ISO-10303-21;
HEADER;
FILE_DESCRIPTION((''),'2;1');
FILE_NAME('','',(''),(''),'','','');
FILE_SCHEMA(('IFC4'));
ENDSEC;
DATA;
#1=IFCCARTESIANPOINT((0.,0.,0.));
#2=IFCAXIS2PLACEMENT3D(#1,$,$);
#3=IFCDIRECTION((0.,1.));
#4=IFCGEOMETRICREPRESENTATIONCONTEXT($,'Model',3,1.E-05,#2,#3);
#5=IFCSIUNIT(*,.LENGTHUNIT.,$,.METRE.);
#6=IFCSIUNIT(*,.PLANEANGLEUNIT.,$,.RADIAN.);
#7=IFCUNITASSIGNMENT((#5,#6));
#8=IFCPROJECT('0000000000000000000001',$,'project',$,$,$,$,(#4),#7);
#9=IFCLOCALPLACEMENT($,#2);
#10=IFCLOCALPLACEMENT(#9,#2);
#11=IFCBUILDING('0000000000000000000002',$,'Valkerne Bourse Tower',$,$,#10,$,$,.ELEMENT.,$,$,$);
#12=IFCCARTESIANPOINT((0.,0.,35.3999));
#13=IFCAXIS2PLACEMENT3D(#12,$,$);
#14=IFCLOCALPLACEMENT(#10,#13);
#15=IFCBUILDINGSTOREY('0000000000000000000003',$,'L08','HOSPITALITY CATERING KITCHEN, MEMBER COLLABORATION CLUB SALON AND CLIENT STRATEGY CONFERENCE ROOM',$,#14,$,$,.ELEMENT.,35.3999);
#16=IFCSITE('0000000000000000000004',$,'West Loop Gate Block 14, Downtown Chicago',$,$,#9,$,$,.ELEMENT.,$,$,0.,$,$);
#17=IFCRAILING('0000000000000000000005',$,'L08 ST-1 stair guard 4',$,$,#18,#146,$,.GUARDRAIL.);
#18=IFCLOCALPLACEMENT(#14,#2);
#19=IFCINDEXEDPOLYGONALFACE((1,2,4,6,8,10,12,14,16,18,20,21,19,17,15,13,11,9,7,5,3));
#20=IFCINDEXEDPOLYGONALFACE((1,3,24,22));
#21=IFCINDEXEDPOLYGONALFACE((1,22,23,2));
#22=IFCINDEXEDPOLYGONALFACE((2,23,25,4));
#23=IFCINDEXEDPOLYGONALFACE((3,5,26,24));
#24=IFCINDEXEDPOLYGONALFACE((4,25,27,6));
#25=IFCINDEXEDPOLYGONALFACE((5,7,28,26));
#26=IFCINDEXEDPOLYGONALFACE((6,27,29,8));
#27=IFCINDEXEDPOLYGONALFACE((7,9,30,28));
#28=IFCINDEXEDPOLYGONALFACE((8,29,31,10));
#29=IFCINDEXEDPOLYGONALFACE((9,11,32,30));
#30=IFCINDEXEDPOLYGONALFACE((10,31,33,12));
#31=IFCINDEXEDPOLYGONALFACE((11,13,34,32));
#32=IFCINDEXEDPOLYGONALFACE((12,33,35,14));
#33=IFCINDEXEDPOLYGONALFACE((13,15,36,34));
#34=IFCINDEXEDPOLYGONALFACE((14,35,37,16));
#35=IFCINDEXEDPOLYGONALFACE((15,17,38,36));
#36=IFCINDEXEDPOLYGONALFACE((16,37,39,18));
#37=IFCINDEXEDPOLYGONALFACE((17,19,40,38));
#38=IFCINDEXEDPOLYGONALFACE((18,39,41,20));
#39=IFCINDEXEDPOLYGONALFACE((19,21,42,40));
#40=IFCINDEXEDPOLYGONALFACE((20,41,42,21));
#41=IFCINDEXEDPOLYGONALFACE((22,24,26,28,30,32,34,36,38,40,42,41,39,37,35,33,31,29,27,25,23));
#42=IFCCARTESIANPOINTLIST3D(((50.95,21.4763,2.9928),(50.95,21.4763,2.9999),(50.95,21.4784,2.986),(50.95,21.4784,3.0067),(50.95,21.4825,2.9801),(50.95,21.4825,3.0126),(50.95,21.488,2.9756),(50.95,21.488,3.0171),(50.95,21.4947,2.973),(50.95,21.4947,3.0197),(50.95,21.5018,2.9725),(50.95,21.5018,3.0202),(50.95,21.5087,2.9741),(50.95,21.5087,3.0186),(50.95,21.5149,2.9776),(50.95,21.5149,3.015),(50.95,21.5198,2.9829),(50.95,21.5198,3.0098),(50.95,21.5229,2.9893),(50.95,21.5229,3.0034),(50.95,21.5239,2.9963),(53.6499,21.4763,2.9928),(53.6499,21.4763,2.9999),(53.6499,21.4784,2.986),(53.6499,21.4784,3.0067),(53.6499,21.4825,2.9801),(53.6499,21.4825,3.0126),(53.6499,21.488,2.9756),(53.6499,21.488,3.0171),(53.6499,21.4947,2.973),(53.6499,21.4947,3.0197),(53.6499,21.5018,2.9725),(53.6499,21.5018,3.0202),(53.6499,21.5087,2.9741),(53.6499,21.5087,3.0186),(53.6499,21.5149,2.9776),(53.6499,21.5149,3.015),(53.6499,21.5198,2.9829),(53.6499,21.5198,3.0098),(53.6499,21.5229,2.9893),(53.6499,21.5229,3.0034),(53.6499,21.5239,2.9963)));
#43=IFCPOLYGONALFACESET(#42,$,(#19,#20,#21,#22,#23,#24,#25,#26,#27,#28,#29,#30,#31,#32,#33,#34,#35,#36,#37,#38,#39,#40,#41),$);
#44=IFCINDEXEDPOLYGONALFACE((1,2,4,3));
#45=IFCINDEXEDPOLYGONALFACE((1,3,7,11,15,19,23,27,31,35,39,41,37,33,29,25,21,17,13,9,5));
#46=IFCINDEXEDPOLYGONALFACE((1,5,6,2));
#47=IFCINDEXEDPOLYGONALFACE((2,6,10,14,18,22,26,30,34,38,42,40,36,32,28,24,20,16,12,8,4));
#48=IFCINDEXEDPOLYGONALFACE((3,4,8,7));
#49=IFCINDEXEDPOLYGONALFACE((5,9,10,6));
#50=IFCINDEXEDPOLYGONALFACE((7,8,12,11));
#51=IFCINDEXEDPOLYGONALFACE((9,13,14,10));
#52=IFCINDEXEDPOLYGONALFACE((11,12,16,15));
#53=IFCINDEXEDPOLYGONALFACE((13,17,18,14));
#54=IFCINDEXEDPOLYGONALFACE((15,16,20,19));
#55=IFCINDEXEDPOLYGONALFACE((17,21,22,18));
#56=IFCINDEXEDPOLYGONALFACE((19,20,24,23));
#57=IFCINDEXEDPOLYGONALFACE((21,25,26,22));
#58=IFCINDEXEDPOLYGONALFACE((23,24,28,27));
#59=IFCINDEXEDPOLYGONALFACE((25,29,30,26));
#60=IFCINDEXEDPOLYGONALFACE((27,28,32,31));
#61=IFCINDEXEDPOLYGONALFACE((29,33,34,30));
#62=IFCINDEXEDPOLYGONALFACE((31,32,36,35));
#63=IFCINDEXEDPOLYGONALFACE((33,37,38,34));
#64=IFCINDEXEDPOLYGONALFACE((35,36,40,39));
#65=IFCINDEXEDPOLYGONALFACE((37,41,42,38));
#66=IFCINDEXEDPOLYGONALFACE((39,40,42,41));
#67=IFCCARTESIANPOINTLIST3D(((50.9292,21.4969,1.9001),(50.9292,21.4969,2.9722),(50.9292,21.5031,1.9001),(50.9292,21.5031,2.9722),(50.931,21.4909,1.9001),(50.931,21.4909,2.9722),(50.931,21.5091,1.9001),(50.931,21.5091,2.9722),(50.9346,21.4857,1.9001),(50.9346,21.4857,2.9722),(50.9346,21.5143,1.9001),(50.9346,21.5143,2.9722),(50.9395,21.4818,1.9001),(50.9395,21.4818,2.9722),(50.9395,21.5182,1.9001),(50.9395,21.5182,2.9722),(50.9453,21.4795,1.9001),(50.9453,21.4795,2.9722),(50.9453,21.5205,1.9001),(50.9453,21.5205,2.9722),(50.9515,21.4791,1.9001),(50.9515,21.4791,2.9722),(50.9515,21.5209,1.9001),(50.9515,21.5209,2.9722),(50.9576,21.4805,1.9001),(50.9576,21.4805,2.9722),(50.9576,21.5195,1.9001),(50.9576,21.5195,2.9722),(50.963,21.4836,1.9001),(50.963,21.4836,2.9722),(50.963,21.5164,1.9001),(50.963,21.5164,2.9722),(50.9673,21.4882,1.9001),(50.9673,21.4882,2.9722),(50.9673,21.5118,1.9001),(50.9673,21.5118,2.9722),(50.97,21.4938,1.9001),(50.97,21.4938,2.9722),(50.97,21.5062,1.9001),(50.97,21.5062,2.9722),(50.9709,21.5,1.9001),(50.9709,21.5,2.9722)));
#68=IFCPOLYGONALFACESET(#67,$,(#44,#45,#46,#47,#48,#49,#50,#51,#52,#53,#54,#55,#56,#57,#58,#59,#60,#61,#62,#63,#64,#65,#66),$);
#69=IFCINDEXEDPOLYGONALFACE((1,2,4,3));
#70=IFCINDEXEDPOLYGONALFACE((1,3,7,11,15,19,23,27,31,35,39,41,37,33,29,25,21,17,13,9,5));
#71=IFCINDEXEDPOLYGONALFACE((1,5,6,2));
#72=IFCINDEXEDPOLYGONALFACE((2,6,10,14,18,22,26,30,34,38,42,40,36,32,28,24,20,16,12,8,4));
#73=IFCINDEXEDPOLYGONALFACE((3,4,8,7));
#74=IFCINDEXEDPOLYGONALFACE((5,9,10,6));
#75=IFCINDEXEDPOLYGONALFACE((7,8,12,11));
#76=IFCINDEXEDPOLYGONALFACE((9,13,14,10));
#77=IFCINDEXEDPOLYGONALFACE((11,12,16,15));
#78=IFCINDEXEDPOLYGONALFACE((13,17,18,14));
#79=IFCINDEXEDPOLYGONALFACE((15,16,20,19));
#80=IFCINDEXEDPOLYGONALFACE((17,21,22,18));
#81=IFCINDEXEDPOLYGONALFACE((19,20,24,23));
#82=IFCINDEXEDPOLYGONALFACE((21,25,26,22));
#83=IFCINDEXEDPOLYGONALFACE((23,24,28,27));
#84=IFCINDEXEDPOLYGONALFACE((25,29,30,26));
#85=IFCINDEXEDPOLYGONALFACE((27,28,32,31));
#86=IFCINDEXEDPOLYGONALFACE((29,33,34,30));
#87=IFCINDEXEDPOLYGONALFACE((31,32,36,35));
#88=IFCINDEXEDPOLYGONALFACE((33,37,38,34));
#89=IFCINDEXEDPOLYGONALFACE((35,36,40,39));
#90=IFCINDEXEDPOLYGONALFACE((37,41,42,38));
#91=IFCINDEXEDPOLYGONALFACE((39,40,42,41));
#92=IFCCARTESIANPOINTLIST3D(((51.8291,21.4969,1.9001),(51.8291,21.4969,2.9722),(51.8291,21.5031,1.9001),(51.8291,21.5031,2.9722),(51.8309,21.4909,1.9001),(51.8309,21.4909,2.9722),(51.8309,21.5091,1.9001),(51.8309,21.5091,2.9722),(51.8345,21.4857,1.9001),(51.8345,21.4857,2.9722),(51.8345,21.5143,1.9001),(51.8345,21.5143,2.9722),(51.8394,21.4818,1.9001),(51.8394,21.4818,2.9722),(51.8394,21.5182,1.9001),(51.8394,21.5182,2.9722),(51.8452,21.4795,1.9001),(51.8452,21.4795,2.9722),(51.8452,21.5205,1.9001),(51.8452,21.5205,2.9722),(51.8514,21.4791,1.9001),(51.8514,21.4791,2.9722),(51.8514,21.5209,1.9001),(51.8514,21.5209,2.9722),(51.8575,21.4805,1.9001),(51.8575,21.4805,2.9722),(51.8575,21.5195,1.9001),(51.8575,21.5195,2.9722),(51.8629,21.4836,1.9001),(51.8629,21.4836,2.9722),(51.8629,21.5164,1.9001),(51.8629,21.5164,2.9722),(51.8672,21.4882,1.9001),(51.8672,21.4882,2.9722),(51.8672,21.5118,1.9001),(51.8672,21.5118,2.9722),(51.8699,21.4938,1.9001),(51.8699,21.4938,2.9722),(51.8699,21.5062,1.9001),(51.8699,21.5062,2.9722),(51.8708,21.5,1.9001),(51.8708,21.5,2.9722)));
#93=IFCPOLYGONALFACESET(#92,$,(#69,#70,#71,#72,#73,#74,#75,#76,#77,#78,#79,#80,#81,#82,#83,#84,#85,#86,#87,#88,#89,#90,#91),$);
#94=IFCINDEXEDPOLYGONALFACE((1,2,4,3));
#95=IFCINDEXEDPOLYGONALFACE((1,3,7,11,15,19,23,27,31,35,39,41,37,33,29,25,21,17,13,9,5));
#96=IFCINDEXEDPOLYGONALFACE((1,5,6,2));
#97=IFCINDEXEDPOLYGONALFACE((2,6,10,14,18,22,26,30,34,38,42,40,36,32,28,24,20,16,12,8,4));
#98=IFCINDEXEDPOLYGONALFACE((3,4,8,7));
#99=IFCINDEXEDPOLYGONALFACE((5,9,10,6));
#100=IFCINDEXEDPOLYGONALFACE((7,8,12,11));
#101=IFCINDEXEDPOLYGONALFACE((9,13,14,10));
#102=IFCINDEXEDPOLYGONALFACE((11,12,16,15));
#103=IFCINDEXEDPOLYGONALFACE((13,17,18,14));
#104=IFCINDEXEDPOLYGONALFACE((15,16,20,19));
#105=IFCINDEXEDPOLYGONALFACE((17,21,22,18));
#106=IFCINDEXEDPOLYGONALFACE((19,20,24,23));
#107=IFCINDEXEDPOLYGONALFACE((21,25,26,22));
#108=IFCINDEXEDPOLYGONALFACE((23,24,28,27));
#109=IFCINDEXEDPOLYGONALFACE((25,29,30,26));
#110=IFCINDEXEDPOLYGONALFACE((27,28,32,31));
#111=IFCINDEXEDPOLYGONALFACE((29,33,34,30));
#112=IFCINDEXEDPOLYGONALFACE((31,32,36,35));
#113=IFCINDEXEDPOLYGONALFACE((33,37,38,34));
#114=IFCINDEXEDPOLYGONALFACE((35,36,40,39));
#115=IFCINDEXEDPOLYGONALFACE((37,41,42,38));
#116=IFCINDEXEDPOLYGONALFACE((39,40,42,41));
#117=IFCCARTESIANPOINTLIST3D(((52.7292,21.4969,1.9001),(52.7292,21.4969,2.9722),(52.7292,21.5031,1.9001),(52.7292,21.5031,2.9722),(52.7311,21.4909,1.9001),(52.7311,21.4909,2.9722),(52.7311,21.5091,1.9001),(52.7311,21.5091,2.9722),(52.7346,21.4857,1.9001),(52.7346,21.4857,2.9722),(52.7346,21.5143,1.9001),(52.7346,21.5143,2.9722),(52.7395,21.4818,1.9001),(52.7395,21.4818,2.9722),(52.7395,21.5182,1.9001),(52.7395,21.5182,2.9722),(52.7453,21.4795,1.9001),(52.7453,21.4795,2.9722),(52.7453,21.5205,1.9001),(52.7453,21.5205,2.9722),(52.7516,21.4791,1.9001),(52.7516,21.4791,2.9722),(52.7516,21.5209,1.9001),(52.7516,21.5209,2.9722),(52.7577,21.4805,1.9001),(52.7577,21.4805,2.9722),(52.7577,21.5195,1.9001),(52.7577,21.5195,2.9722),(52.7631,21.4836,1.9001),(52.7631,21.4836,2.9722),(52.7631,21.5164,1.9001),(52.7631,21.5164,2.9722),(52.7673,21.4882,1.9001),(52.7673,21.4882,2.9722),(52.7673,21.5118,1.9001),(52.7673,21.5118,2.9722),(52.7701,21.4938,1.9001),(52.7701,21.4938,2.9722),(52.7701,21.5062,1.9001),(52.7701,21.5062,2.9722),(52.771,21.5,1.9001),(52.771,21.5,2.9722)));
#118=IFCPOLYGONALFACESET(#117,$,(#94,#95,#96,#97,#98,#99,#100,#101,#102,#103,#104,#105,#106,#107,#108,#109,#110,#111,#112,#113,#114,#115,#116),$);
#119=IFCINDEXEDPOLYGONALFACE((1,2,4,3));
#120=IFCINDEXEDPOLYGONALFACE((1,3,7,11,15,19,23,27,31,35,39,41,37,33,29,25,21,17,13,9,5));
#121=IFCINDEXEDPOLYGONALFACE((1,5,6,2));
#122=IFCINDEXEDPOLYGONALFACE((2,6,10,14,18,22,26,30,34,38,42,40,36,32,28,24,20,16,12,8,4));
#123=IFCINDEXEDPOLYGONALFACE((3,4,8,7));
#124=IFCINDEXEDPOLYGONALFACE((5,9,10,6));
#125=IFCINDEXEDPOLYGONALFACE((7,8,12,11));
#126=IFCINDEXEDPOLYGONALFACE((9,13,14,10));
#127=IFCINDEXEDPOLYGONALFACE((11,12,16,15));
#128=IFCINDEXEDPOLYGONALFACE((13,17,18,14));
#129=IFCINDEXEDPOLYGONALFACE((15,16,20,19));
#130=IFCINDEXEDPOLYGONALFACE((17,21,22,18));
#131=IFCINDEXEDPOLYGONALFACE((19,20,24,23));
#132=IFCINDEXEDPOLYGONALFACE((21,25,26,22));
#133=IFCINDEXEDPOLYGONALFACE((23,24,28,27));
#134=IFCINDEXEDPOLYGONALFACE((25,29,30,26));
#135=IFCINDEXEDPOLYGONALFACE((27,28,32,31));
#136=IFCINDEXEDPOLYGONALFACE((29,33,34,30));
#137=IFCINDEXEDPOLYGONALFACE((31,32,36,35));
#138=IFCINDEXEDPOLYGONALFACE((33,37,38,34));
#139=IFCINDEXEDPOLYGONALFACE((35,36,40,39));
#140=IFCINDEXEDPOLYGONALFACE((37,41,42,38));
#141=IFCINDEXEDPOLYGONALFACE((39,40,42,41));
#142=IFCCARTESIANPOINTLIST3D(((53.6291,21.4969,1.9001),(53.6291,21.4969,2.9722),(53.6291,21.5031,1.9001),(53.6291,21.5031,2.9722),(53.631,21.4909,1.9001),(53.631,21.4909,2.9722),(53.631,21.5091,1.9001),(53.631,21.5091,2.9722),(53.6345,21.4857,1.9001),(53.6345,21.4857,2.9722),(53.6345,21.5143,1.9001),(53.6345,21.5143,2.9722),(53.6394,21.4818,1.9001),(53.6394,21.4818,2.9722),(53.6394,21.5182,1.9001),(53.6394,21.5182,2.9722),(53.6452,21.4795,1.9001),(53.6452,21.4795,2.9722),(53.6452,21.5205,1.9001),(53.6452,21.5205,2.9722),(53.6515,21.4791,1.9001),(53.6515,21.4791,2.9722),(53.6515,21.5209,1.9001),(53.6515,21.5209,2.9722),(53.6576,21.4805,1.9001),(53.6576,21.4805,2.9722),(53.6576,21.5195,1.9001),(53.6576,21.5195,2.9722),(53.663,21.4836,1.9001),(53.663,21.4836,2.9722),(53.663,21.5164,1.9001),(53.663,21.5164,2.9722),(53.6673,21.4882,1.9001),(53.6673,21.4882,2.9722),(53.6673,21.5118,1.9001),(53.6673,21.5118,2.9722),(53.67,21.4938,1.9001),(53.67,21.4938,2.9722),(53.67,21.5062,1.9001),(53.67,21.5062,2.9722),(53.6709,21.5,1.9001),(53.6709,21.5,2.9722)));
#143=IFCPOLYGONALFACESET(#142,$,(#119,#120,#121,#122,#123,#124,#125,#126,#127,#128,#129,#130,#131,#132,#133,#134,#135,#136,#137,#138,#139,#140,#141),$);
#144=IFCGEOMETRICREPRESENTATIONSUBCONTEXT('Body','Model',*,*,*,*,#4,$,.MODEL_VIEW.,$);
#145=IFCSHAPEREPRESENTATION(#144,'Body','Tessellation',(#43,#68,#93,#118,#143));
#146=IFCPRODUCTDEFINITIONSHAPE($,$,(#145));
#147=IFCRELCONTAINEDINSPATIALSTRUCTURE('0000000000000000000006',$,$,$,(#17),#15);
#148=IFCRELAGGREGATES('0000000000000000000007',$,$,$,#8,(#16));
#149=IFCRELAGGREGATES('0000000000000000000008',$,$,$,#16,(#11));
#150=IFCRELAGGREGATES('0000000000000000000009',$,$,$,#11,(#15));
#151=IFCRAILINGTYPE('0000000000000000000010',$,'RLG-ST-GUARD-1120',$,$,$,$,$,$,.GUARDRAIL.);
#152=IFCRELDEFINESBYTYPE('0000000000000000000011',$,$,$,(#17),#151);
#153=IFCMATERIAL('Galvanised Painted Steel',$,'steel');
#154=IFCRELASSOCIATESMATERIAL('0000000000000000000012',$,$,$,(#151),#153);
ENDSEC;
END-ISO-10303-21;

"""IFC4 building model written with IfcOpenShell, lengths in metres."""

from ifc_helpers import new_model, si_unit, direction, frame, origin, origin_2d, place, context, subcontext, project, spatial, circle, extrude, material, type_object, element, save


model = new_model("IFC4")

# Units and contexts
model_context = context("Model", 3, precision=1e-05, world=origin(), true_north=direction((0.0, 1.0)))
body_context = subcontext(model_context, "Body", "Model", "MODEL_VIEW")
ifc_project = project(units=[si_unit("LENGTHUNIT", "METRE"), si_unit("PLANEANGLEUNIT", "RADIAN")], contexts=[model_context])

# Site, building, storey
site_placement = place(None, origin())
site = spatial("IfcSite", under=ifc_project, at=site_placement, Name="West Loop Gate Block 14, Downtown Chicago", CompositionType="ELEMENT", RefElevation=0.0)
building_placement = place(site_placement, origin())
building = spatial("IfcBuilding", under=site, at=building_placement, Name="Valkerne Bourse Tower", CompositionType="ELEMENT")
storey_placement = place(building_placement, frame((0.0, 0.0, 35.3999)))
storey = spatial("IfcBuildingStorey", under=building, at=storey_placement, Name="L08", Description="HOSPITALITY CATERING KITCHEN, MEMBER COLLABORATION CLUB SALON AND CLIENT STRATEGY CONFERENCE ROOM", CompositionType="ELEMENT", Elevation=35.3999)

# Shared definitions
ifc_material_1 = material(Name="Galvanised Painted Steel", Category="steel")

# Railing
railing_type_1 = type_object("IfcRailingType", Name="RLG-ST-GUARD-1120", PredefinedType="GUARDRAIL", material=ifc_material_1)
for number, where, name in (
    (1, (50.95, 21.5, 1.9001), "L08 ST-1 stair guard 4"),
):
    element("IfcRailing", number, at=place(storey_placement, frame(where)), inside=storey, type_object=railing_type_1, Name=name, PredefinedType="GUARDRAIL", context=body_context, shape_type="SweptSolid", body=[
        extrude(circle(Radius=0.0239, at=origin_2d()), frame((0.0, 0.0, 1.0962), z_axis=(1.0, 0.0, 0.0), x_axis=(0.0, 1.0, 0.0)), (0.0, 0.0, 1.0), 2.7),
        extrude(circle(Radius=0.021, at=origin_2d()), origin(), (0.0, 0.0, 1.0), 1.072),
        extrude(circle(Radius=0.021, at=origin_2d()), frame((0.8999, 0.0, 0.0)), (0.0, 0.0, 1.0), 1.072),
        extrude(circle(Radius=0.021, at=origin_2d()), frame((1.8, 0.0, 0.0)), (0.0, 0.0, 1.0), 1.072),
        extrude(circle(Radius=0.021, at=origin_2d()), frame((2.7, 0.0, 0.0)), (0.0, 0.0, 1.0), 1.072),
    ])

save(model, "model.ifc")
